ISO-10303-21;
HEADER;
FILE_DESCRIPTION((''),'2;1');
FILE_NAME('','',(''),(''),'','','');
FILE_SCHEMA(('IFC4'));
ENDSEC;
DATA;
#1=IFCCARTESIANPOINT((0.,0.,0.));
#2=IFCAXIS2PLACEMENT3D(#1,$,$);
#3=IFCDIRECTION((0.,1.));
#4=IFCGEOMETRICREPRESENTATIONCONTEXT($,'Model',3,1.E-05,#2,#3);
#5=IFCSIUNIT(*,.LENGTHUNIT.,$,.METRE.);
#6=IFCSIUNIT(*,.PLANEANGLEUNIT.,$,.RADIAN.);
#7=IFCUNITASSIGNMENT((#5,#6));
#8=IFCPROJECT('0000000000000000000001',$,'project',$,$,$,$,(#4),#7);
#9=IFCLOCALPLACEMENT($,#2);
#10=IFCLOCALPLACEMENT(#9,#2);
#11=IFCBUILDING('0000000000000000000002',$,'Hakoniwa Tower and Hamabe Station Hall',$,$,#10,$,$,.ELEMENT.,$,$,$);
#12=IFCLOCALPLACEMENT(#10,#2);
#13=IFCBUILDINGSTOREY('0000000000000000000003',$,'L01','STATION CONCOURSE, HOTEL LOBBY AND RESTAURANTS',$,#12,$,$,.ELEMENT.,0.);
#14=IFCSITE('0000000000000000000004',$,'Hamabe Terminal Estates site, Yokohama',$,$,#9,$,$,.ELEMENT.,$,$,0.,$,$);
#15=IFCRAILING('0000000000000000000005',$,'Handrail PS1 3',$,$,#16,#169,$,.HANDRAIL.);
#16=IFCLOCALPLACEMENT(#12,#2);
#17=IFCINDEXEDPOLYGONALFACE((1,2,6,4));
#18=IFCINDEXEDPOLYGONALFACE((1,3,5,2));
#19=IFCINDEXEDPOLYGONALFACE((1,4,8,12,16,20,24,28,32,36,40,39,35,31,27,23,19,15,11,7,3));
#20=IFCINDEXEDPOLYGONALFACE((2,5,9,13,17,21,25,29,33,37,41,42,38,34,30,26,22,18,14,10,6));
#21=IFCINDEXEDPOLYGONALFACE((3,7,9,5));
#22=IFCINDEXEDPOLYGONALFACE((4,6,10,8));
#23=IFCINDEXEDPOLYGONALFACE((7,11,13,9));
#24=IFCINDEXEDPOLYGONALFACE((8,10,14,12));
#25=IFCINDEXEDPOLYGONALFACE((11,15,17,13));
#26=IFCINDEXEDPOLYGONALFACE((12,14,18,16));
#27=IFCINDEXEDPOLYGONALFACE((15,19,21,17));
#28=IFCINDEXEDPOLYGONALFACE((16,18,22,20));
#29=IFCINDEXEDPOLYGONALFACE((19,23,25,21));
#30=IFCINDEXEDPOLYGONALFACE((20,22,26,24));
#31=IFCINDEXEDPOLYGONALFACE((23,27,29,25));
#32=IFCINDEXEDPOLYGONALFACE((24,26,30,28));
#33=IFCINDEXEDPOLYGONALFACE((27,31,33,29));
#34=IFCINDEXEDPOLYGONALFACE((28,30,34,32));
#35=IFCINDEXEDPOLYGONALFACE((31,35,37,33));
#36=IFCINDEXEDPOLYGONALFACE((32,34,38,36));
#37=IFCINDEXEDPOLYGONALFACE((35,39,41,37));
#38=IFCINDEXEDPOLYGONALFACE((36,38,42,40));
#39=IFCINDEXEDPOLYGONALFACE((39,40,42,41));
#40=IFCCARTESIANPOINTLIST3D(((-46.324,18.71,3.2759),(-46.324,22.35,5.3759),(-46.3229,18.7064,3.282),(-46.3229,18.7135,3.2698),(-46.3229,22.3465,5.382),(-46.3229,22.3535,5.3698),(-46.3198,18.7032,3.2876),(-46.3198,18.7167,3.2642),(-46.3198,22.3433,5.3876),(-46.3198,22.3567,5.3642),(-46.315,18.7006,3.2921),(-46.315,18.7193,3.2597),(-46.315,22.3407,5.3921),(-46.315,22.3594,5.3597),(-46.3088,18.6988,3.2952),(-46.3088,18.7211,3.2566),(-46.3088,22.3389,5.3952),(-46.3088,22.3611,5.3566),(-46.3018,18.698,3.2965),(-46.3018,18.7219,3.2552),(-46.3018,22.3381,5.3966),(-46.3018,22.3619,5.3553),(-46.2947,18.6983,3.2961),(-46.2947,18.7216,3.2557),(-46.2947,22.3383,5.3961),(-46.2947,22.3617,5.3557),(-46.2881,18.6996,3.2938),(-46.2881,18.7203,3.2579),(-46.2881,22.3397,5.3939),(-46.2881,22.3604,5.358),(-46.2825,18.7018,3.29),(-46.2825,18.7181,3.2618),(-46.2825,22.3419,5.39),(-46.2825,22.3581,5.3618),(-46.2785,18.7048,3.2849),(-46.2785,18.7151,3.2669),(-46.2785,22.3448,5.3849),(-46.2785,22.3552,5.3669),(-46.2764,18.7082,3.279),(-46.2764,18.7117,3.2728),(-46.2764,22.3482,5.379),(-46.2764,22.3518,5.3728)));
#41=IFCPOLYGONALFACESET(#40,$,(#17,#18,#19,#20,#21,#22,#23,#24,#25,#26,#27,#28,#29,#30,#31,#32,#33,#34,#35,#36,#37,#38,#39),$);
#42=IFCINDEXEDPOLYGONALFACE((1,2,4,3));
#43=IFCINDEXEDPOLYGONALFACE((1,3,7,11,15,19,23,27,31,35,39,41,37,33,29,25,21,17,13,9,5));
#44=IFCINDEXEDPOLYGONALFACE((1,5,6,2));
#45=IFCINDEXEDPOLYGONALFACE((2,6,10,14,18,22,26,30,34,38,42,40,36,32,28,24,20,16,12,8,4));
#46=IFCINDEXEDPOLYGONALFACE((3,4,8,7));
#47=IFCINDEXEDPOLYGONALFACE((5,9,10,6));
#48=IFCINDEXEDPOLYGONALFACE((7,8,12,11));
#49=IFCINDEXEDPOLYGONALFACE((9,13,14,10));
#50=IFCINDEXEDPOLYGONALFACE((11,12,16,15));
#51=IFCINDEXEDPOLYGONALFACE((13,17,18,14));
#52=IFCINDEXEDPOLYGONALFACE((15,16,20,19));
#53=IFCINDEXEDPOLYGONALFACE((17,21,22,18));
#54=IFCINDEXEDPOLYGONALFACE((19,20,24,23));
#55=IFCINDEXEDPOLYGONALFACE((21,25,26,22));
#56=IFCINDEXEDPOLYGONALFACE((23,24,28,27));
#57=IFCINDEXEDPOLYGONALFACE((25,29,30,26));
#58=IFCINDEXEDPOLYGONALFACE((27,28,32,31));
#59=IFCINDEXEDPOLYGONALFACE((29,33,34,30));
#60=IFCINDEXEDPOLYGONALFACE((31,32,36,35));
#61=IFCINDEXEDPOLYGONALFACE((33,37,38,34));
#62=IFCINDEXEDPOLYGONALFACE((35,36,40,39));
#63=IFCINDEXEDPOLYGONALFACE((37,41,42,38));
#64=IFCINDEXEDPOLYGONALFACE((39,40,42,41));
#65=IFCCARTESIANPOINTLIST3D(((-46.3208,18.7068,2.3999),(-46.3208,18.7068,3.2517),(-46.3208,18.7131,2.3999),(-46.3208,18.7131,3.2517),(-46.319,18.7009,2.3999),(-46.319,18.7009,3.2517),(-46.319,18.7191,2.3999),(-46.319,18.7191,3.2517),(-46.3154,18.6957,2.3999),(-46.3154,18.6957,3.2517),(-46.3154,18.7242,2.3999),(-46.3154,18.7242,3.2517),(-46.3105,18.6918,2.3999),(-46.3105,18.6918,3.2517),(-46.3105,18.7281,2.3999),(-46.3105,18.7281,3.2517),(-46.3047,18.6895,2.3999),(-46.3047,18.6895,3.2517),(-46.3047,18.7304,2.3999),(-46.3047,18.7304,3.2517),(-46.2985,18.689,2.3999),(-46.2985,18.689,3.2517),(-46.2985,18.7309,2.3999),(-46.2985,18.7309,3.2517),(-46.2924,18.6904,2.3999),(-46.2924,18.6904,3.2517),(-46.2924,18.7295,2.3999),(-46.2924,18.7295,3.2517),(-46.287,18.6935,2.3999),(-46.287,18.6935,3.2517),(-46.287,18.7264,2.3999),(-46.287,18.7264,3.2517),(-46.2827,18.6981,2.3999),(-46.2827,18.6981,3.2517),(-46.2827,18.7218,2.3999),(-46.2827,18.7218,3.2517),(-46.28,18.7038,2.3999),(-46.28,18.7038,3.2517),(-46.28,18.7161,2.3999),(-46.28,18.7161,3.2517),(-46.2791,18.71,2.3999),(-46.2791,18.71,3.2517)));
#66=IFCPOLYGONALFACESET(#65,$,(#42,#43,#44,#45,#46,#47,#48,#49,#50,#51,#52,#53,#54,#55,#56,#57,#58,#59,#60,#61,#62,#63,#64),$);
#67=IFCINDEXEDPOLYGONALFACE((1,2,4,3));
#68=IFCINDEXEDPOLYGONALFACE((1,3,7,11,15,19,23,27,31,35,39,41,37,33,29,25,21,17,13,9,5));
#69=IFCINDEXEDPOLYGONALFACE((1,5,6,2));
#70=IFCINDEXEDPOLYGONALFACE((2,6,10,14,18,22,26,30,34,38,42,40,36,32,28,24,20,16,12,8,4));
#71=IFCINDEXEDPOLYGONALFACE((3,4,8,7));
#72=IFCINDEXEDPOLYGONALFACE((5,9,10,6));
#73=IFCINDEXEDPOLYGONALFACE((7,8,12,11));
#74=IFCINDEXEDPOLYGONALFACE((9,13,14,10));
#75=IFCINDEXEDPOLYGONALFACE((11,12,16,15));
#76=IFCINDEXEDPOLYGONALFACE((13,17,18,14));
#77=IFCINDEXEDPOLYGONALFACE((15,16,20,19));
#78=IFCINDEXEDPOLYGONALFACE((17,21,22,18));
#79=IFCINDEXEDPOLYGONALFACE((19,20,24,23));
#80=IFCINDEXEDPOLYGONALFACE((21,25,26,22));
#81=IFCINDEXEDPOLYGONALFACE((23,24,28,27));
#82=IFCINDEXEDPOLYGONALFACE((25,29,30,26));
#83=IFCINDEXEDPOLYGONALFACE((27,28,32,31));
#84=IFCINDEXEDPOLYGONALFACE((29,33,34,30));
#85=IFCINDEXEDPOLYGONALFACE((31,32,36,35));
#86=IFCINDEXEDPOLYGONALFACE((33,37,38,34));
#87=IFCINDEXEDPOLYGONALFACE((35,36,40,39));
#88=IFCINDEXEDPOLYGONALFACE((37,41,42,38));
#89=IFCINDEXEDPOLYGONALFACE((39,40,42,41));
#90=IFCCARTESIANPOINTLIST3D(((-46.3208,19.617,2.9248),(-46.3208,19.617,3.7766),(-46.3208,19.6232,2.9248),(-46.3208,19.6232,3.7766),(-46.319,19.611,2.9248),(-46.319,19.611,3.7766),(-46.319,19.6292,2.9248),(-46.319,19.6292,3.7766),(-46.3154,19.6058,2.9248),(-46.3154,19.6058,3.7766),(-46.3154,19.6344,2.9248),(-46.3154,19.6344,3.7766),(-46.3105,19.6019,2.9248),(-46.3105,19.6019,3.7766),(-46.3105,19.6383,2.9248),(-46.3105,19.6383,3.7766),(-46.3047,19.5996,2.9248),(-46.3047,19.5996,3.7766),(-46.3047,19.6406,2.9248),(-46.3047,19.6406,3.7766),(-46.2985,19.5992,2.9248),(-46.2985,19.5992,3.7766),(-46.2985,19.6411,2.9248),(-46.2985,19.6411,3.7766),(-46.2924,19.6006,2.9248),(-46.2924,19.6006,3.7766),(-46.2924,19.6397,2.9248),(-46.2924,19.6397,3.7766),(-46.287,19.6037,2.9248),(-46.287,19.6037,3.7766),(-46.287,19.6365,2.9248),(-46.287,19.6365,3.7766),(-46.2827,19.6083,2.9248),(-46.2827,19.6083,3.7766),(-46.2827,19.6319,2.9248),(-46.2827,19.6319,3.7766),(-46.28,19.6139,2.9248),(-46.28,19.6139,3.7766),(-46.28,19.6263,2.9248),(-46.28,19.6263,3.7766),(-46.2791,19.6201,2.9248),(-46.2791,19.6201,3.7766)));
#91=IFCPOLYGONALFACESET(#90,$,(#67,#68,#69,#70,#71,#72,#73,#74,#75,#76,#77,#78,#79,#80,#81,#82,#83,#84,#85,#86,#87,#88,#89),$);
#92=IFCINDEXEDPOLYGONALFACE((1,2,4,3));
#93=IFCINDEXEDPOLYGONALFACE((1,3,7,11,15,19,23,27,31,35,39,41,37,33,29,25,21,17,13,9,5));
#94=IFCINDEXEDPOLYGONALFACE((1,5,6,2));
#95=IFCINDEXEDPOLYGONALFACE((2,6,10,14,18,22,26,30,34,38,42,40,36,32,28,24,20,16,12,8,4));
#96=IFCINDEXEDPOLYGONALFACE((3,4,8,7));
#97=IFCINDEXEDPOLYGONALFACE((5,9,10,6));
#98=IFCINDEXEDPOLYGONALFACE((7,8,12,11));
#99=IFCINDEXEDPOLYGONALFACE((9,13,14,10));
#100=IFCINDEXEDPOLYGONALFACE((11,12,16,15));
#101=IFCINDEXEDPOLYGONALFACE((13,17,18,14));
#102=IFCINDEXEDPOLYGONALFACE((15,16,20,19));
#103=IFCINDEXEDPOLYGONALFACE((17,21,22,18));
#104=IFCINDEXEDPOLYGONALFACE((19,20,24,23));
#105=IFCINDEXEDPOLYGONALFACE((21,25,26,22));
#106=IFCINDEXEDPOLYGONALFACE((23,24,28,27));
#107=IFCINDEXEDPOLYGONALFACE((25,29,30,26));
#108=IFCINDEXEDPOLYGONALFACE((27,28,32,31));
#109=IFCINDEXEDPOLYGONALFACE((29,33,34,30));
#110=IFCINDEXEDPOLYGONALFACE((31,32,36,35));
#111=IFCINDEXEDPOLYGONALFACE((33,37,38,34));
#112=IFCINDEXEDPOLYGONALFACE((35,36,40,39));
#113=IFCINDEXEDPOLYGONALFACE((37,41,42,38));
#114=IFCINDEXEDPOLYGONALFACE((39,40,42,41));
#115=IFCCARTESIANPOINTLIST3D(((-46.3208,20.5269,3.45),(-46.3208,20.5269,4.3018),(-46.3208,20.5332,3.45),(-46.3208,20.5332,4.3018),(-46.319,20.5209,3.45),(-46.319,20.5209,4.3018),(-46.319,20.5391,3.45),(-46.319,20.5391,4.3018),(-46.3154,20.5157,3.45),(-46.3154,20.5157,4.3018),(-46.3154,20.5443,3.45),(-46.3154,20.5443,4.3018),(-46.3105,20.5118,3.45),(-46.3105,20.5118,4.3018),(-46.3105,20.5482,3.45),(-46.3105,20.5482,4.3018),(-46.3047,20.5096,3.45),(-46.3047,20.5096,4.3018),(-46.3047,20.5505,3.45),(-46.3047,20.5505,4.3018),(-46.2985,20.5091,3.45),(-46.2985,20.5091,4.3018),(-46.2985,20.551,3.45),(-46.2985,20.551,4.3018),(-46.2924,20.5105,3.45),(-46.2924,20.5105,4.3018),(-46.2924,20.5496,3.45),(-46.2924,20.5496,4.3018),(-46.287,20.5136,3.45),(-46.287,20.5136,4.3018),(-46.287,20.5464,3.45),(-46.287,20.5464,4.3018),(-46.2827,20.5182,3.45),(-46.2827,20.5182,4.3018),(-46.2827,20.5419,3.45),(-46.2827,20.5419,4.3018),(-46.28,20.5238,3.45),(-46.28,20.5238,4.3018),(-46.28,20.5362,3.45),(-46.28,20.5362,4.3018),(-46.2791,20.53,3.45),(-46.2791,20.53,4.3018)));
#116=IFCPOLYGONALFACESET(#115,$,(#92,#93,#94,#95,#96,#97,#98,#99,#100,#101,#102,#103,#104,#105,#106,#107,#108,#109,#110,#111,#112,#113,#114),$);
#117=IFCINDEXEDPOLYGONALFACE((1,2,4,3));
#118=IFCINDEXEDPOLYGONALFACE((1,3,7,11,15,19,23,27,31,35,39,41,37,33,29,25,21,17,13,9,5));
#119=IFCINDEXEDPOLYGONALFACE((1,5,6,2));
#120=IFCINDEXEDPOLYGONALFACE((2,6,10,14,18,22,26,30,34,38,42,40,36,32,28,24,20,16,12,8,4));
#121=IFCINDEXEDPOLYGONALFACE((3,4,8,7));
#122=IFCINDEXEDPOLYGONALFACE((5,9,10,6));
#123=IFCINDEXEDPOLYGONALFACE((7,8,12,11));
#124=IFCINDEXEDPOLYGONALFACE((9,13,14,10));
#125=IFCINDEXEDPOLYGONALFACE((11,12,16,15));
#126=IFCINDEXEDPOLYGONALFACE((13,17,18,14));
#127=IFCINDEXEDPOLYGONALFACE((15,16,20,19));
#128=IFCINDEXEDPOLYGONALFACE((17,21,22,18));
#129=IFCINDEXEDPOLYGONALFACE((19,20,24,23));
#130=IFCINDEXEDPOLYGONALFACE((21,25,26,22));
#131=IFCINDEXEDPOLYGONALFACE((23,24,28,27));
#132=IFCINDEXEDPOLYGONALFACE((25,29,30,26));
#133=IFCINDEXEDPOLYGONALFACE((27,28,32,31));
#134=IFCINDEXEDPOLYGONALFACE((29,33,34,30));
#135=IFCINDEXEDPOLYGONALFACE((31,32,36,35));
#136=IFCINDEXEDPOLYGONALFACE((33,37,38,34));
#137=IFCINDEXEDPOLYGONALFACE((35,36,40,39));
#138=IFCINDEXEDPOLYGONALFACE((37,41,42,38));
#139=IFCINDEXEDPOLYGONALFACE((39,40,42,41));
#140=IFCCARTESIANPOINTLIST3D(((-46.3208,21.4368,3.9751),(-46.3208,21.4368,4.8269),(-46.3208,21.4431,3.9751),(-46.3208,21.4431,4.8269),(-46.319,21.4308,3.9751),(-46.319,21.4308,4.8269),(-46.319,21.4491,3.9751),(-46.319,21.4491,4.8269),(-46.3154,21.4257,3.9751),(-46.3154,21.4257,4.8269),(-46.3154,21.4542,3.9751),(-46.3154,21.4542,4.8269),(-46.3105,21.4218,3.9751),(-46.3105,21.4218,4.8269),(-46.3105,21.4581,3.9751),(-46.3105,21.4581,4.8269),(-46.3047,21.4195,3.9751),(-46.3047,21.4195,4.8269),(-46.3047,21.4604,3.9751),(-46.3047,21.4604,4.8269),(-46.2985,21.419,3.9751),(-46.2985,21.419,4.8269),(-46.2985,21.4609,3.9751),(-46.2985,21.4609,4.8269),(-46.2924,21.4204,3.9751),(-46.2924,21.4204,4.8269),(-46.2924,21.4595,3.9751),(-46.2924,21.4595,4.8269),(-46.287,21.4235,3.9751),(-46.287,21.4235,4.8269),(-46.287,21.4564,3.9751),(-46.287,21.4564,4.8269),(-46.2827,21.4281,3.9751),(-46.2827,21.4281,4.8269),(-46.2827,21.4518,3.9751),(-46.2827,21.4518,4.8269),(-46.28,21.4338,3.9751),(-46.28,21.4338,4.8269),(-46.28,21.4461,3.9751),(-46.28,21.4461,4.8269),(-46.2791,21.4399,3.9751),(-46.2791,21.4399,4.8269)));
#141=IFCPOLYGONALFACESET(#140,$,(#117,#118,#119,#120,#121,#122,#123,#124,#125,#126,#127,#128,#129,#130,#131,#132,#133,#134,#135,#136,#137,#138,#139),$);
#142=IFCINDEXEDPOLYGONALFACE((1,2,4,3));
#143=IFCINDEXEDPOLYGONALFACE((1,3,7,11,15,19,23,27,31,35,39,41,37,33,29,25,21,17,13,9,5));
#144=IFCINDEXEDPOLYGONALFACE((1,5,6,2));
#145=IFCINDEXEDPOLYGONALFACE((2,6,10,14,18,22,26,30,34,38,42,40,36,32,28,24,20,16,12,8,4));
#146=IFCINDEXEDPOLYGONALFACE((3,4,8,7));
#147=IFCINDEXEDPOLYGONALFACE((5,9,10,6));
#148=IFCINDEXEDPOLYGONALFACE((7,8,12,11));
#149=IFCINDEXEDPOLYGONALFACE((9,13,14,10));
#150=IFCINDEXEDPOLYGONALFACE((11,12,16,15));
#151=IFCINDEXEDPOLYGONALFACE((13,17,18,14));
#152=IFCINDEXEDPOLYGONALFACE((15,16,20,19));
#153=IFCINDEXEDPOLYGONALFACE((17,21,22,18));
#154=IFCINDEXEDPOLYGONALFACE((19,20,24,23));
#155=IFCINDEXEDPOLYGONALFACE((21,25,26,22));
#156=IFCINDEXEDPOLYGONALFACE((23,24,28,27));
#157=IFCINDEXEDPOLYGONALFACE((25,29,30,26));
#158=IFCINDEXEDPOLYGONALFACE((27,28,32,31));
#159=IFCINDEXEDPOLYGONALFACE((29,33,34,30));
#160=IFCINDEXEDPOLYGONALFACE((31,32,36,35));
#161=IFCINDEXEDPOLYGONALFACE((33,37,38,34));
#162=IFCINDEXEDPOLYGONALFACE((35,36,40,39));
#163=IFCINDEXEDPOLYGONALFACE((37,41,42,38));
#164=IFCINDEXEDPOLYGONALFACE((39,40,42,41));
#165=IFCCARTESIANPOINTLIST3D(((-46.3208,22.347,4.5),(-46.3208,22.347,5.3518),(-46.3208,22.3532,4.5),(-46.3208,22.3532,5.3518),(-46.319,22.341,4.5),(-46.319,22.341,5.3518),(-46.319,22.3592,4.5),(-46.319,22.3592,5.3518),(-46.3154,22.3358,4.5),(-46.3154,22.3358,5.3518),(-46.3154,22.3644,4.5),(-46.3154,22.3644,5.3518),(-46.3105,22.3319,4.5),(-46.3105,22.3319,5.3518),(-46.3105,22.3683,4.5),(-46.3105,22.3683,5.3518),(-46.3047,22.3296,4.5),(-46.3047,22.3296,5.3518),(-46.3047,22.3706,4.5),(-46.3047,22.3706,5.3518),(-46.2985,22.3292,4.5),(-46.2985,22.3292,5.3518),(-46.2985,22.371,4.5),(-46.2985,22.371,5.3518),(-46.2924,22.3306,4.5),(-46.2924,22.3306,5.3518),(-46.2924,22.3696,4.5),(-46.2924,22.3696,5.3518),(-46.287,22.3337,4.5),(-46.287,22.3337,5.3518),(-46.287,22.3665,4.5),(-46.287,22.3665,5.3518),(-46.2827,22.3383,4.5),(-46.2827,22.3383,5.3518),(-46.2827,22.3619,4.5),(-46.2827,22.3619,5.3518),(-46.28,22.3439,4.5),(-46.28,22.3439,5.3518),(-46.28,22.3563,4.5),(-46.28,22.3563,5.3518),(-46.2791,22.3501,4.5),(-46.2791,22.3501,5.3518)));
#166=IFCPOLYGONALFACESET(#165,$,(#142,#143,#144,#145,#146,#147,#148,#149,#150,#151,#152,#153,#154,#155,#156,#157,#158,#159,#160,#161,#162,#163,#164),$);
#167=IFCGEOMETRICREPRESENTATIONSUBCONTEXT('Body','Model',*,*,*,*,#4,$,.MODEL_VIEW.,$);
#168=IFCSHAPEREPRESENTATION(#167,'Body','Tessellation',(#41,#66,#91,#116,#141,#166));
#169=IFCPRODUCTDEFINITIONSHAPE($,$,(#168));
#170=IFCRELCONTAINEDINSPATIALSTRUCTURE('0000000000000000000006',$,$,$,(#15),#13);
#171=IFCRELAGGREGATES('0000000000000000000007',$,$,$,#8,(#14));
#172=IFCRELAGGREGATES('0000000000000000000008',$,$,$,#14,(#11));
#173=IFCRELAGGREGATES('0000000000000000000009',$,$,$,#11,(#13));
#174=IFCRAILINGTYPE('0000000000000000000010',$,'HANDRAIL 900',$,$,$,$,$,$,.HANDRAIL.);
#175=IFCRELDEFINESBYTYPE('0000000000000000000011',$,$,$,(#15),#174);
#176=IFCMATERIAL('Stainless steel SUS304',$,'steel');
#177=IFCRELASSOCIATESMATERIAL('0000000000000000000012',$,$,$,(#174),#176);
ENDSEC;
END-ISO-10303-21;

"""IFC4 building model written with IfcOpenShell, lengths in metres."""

from ifc_helpers import new_model, si_unit, direction, frame, origin, origin_2d, place, context, subcontext, project, spatial, circle, extrude, material, type_object, element, save


model = new_model("IFC4")

# Units and contexts
model_context = context("Model", 3, precision=1e-05, world=origin(), true_north=direction((0.0, 1.0)))
body_context = subcontext(model_context, "Body", "Model", "MODEL_VIEW")
ifc_project = project(units=[si_unit("LENGTHUNIT", "METRE"), si_unit("PLANEANGLEUNIT", "RADIAN")], contexts=[model_context])

# Site, building, storey
site_placement = place(None, origin())
site = spatial("IfcSite", under=ifc_project, at=site_placement, Name="Hamabe Terminal Estates site, Yokohama", CompositionType="ELEMENT", RefElevation=0.0)
building_placement = place(site_placement, origin())
building = spatial("IfcBuilding", under=site, at=building_placement, Name="Hakoniwa Tower and Hamabe Station Hall", CompositionType="ELEMENT")
storey_placement = place(building_placement, origin())
storey = spatial("IfcBuildingStorey", under=building, at=storey_placement, Name="L01", Description="STATION CONCOURSE, HOTEL LOBBY AND RESTAURANTS", CompositionType="ELEMENT", Elevation=0.0)

# Railing
ifc_material_1 = material(Name="Stainless steel SUS304", Category="steel")
railing_type_1 = type_object("IfcRailingType", Name="HANDRAIL 900", PredefinedType="HANDRAIL", material=ifc_material_1)
for number, where, name in (
    (1, (-46.3, 18.71, 2.3999), "Handrail PS1 3"),
):
    element("IfcRailing", number, at=place(storey_placement, frame(where)), inside=storey, type_object=railing_type_1, Name=name, PredefinedType="HANDRAIL", context=body_context, shape_type="SweptSolid", body=[
        extrude(circle(Radius=0.0239, at=origin_2d()), frame((0.0, 0.0, 0.876), z_axis=(0.0, 0.866184, 0.499726), x_axis=(-1.0, 0.0, 0.0)), (0.0, 0.0, 1.0), 4.2024),
        extrude(circle(Radius=0.021, at=origin_2d()), origin(), (0.0, 0.0, 1.0), 0.8518),
        extrude(circle(Radius=0.021, at=origin_2d()), frame((0.0, 0.9102, 0.5249)), (0.0, 0.0, 1.0), 0.8518),
        extrude(circle(Radius=0.021, at=origin_2d()), frame((0.0, 1.8201, 1.05)), (0.0, 0.0, 1.0), 0.8518),
        extrude(circle(Radius=0.021, at=origin_2d()), frame((0.0, 2.73, 1.5752)), (0.0, 0.0, 1.0), 0.8518),
        extrude(circle(Radius=0.021, at=origin_2d()), frame((0.0, 3.6401, 2.1001)), (0.0, 0.0, 1.0), 0.8518),
    ])

save(model, "model.ifc")
